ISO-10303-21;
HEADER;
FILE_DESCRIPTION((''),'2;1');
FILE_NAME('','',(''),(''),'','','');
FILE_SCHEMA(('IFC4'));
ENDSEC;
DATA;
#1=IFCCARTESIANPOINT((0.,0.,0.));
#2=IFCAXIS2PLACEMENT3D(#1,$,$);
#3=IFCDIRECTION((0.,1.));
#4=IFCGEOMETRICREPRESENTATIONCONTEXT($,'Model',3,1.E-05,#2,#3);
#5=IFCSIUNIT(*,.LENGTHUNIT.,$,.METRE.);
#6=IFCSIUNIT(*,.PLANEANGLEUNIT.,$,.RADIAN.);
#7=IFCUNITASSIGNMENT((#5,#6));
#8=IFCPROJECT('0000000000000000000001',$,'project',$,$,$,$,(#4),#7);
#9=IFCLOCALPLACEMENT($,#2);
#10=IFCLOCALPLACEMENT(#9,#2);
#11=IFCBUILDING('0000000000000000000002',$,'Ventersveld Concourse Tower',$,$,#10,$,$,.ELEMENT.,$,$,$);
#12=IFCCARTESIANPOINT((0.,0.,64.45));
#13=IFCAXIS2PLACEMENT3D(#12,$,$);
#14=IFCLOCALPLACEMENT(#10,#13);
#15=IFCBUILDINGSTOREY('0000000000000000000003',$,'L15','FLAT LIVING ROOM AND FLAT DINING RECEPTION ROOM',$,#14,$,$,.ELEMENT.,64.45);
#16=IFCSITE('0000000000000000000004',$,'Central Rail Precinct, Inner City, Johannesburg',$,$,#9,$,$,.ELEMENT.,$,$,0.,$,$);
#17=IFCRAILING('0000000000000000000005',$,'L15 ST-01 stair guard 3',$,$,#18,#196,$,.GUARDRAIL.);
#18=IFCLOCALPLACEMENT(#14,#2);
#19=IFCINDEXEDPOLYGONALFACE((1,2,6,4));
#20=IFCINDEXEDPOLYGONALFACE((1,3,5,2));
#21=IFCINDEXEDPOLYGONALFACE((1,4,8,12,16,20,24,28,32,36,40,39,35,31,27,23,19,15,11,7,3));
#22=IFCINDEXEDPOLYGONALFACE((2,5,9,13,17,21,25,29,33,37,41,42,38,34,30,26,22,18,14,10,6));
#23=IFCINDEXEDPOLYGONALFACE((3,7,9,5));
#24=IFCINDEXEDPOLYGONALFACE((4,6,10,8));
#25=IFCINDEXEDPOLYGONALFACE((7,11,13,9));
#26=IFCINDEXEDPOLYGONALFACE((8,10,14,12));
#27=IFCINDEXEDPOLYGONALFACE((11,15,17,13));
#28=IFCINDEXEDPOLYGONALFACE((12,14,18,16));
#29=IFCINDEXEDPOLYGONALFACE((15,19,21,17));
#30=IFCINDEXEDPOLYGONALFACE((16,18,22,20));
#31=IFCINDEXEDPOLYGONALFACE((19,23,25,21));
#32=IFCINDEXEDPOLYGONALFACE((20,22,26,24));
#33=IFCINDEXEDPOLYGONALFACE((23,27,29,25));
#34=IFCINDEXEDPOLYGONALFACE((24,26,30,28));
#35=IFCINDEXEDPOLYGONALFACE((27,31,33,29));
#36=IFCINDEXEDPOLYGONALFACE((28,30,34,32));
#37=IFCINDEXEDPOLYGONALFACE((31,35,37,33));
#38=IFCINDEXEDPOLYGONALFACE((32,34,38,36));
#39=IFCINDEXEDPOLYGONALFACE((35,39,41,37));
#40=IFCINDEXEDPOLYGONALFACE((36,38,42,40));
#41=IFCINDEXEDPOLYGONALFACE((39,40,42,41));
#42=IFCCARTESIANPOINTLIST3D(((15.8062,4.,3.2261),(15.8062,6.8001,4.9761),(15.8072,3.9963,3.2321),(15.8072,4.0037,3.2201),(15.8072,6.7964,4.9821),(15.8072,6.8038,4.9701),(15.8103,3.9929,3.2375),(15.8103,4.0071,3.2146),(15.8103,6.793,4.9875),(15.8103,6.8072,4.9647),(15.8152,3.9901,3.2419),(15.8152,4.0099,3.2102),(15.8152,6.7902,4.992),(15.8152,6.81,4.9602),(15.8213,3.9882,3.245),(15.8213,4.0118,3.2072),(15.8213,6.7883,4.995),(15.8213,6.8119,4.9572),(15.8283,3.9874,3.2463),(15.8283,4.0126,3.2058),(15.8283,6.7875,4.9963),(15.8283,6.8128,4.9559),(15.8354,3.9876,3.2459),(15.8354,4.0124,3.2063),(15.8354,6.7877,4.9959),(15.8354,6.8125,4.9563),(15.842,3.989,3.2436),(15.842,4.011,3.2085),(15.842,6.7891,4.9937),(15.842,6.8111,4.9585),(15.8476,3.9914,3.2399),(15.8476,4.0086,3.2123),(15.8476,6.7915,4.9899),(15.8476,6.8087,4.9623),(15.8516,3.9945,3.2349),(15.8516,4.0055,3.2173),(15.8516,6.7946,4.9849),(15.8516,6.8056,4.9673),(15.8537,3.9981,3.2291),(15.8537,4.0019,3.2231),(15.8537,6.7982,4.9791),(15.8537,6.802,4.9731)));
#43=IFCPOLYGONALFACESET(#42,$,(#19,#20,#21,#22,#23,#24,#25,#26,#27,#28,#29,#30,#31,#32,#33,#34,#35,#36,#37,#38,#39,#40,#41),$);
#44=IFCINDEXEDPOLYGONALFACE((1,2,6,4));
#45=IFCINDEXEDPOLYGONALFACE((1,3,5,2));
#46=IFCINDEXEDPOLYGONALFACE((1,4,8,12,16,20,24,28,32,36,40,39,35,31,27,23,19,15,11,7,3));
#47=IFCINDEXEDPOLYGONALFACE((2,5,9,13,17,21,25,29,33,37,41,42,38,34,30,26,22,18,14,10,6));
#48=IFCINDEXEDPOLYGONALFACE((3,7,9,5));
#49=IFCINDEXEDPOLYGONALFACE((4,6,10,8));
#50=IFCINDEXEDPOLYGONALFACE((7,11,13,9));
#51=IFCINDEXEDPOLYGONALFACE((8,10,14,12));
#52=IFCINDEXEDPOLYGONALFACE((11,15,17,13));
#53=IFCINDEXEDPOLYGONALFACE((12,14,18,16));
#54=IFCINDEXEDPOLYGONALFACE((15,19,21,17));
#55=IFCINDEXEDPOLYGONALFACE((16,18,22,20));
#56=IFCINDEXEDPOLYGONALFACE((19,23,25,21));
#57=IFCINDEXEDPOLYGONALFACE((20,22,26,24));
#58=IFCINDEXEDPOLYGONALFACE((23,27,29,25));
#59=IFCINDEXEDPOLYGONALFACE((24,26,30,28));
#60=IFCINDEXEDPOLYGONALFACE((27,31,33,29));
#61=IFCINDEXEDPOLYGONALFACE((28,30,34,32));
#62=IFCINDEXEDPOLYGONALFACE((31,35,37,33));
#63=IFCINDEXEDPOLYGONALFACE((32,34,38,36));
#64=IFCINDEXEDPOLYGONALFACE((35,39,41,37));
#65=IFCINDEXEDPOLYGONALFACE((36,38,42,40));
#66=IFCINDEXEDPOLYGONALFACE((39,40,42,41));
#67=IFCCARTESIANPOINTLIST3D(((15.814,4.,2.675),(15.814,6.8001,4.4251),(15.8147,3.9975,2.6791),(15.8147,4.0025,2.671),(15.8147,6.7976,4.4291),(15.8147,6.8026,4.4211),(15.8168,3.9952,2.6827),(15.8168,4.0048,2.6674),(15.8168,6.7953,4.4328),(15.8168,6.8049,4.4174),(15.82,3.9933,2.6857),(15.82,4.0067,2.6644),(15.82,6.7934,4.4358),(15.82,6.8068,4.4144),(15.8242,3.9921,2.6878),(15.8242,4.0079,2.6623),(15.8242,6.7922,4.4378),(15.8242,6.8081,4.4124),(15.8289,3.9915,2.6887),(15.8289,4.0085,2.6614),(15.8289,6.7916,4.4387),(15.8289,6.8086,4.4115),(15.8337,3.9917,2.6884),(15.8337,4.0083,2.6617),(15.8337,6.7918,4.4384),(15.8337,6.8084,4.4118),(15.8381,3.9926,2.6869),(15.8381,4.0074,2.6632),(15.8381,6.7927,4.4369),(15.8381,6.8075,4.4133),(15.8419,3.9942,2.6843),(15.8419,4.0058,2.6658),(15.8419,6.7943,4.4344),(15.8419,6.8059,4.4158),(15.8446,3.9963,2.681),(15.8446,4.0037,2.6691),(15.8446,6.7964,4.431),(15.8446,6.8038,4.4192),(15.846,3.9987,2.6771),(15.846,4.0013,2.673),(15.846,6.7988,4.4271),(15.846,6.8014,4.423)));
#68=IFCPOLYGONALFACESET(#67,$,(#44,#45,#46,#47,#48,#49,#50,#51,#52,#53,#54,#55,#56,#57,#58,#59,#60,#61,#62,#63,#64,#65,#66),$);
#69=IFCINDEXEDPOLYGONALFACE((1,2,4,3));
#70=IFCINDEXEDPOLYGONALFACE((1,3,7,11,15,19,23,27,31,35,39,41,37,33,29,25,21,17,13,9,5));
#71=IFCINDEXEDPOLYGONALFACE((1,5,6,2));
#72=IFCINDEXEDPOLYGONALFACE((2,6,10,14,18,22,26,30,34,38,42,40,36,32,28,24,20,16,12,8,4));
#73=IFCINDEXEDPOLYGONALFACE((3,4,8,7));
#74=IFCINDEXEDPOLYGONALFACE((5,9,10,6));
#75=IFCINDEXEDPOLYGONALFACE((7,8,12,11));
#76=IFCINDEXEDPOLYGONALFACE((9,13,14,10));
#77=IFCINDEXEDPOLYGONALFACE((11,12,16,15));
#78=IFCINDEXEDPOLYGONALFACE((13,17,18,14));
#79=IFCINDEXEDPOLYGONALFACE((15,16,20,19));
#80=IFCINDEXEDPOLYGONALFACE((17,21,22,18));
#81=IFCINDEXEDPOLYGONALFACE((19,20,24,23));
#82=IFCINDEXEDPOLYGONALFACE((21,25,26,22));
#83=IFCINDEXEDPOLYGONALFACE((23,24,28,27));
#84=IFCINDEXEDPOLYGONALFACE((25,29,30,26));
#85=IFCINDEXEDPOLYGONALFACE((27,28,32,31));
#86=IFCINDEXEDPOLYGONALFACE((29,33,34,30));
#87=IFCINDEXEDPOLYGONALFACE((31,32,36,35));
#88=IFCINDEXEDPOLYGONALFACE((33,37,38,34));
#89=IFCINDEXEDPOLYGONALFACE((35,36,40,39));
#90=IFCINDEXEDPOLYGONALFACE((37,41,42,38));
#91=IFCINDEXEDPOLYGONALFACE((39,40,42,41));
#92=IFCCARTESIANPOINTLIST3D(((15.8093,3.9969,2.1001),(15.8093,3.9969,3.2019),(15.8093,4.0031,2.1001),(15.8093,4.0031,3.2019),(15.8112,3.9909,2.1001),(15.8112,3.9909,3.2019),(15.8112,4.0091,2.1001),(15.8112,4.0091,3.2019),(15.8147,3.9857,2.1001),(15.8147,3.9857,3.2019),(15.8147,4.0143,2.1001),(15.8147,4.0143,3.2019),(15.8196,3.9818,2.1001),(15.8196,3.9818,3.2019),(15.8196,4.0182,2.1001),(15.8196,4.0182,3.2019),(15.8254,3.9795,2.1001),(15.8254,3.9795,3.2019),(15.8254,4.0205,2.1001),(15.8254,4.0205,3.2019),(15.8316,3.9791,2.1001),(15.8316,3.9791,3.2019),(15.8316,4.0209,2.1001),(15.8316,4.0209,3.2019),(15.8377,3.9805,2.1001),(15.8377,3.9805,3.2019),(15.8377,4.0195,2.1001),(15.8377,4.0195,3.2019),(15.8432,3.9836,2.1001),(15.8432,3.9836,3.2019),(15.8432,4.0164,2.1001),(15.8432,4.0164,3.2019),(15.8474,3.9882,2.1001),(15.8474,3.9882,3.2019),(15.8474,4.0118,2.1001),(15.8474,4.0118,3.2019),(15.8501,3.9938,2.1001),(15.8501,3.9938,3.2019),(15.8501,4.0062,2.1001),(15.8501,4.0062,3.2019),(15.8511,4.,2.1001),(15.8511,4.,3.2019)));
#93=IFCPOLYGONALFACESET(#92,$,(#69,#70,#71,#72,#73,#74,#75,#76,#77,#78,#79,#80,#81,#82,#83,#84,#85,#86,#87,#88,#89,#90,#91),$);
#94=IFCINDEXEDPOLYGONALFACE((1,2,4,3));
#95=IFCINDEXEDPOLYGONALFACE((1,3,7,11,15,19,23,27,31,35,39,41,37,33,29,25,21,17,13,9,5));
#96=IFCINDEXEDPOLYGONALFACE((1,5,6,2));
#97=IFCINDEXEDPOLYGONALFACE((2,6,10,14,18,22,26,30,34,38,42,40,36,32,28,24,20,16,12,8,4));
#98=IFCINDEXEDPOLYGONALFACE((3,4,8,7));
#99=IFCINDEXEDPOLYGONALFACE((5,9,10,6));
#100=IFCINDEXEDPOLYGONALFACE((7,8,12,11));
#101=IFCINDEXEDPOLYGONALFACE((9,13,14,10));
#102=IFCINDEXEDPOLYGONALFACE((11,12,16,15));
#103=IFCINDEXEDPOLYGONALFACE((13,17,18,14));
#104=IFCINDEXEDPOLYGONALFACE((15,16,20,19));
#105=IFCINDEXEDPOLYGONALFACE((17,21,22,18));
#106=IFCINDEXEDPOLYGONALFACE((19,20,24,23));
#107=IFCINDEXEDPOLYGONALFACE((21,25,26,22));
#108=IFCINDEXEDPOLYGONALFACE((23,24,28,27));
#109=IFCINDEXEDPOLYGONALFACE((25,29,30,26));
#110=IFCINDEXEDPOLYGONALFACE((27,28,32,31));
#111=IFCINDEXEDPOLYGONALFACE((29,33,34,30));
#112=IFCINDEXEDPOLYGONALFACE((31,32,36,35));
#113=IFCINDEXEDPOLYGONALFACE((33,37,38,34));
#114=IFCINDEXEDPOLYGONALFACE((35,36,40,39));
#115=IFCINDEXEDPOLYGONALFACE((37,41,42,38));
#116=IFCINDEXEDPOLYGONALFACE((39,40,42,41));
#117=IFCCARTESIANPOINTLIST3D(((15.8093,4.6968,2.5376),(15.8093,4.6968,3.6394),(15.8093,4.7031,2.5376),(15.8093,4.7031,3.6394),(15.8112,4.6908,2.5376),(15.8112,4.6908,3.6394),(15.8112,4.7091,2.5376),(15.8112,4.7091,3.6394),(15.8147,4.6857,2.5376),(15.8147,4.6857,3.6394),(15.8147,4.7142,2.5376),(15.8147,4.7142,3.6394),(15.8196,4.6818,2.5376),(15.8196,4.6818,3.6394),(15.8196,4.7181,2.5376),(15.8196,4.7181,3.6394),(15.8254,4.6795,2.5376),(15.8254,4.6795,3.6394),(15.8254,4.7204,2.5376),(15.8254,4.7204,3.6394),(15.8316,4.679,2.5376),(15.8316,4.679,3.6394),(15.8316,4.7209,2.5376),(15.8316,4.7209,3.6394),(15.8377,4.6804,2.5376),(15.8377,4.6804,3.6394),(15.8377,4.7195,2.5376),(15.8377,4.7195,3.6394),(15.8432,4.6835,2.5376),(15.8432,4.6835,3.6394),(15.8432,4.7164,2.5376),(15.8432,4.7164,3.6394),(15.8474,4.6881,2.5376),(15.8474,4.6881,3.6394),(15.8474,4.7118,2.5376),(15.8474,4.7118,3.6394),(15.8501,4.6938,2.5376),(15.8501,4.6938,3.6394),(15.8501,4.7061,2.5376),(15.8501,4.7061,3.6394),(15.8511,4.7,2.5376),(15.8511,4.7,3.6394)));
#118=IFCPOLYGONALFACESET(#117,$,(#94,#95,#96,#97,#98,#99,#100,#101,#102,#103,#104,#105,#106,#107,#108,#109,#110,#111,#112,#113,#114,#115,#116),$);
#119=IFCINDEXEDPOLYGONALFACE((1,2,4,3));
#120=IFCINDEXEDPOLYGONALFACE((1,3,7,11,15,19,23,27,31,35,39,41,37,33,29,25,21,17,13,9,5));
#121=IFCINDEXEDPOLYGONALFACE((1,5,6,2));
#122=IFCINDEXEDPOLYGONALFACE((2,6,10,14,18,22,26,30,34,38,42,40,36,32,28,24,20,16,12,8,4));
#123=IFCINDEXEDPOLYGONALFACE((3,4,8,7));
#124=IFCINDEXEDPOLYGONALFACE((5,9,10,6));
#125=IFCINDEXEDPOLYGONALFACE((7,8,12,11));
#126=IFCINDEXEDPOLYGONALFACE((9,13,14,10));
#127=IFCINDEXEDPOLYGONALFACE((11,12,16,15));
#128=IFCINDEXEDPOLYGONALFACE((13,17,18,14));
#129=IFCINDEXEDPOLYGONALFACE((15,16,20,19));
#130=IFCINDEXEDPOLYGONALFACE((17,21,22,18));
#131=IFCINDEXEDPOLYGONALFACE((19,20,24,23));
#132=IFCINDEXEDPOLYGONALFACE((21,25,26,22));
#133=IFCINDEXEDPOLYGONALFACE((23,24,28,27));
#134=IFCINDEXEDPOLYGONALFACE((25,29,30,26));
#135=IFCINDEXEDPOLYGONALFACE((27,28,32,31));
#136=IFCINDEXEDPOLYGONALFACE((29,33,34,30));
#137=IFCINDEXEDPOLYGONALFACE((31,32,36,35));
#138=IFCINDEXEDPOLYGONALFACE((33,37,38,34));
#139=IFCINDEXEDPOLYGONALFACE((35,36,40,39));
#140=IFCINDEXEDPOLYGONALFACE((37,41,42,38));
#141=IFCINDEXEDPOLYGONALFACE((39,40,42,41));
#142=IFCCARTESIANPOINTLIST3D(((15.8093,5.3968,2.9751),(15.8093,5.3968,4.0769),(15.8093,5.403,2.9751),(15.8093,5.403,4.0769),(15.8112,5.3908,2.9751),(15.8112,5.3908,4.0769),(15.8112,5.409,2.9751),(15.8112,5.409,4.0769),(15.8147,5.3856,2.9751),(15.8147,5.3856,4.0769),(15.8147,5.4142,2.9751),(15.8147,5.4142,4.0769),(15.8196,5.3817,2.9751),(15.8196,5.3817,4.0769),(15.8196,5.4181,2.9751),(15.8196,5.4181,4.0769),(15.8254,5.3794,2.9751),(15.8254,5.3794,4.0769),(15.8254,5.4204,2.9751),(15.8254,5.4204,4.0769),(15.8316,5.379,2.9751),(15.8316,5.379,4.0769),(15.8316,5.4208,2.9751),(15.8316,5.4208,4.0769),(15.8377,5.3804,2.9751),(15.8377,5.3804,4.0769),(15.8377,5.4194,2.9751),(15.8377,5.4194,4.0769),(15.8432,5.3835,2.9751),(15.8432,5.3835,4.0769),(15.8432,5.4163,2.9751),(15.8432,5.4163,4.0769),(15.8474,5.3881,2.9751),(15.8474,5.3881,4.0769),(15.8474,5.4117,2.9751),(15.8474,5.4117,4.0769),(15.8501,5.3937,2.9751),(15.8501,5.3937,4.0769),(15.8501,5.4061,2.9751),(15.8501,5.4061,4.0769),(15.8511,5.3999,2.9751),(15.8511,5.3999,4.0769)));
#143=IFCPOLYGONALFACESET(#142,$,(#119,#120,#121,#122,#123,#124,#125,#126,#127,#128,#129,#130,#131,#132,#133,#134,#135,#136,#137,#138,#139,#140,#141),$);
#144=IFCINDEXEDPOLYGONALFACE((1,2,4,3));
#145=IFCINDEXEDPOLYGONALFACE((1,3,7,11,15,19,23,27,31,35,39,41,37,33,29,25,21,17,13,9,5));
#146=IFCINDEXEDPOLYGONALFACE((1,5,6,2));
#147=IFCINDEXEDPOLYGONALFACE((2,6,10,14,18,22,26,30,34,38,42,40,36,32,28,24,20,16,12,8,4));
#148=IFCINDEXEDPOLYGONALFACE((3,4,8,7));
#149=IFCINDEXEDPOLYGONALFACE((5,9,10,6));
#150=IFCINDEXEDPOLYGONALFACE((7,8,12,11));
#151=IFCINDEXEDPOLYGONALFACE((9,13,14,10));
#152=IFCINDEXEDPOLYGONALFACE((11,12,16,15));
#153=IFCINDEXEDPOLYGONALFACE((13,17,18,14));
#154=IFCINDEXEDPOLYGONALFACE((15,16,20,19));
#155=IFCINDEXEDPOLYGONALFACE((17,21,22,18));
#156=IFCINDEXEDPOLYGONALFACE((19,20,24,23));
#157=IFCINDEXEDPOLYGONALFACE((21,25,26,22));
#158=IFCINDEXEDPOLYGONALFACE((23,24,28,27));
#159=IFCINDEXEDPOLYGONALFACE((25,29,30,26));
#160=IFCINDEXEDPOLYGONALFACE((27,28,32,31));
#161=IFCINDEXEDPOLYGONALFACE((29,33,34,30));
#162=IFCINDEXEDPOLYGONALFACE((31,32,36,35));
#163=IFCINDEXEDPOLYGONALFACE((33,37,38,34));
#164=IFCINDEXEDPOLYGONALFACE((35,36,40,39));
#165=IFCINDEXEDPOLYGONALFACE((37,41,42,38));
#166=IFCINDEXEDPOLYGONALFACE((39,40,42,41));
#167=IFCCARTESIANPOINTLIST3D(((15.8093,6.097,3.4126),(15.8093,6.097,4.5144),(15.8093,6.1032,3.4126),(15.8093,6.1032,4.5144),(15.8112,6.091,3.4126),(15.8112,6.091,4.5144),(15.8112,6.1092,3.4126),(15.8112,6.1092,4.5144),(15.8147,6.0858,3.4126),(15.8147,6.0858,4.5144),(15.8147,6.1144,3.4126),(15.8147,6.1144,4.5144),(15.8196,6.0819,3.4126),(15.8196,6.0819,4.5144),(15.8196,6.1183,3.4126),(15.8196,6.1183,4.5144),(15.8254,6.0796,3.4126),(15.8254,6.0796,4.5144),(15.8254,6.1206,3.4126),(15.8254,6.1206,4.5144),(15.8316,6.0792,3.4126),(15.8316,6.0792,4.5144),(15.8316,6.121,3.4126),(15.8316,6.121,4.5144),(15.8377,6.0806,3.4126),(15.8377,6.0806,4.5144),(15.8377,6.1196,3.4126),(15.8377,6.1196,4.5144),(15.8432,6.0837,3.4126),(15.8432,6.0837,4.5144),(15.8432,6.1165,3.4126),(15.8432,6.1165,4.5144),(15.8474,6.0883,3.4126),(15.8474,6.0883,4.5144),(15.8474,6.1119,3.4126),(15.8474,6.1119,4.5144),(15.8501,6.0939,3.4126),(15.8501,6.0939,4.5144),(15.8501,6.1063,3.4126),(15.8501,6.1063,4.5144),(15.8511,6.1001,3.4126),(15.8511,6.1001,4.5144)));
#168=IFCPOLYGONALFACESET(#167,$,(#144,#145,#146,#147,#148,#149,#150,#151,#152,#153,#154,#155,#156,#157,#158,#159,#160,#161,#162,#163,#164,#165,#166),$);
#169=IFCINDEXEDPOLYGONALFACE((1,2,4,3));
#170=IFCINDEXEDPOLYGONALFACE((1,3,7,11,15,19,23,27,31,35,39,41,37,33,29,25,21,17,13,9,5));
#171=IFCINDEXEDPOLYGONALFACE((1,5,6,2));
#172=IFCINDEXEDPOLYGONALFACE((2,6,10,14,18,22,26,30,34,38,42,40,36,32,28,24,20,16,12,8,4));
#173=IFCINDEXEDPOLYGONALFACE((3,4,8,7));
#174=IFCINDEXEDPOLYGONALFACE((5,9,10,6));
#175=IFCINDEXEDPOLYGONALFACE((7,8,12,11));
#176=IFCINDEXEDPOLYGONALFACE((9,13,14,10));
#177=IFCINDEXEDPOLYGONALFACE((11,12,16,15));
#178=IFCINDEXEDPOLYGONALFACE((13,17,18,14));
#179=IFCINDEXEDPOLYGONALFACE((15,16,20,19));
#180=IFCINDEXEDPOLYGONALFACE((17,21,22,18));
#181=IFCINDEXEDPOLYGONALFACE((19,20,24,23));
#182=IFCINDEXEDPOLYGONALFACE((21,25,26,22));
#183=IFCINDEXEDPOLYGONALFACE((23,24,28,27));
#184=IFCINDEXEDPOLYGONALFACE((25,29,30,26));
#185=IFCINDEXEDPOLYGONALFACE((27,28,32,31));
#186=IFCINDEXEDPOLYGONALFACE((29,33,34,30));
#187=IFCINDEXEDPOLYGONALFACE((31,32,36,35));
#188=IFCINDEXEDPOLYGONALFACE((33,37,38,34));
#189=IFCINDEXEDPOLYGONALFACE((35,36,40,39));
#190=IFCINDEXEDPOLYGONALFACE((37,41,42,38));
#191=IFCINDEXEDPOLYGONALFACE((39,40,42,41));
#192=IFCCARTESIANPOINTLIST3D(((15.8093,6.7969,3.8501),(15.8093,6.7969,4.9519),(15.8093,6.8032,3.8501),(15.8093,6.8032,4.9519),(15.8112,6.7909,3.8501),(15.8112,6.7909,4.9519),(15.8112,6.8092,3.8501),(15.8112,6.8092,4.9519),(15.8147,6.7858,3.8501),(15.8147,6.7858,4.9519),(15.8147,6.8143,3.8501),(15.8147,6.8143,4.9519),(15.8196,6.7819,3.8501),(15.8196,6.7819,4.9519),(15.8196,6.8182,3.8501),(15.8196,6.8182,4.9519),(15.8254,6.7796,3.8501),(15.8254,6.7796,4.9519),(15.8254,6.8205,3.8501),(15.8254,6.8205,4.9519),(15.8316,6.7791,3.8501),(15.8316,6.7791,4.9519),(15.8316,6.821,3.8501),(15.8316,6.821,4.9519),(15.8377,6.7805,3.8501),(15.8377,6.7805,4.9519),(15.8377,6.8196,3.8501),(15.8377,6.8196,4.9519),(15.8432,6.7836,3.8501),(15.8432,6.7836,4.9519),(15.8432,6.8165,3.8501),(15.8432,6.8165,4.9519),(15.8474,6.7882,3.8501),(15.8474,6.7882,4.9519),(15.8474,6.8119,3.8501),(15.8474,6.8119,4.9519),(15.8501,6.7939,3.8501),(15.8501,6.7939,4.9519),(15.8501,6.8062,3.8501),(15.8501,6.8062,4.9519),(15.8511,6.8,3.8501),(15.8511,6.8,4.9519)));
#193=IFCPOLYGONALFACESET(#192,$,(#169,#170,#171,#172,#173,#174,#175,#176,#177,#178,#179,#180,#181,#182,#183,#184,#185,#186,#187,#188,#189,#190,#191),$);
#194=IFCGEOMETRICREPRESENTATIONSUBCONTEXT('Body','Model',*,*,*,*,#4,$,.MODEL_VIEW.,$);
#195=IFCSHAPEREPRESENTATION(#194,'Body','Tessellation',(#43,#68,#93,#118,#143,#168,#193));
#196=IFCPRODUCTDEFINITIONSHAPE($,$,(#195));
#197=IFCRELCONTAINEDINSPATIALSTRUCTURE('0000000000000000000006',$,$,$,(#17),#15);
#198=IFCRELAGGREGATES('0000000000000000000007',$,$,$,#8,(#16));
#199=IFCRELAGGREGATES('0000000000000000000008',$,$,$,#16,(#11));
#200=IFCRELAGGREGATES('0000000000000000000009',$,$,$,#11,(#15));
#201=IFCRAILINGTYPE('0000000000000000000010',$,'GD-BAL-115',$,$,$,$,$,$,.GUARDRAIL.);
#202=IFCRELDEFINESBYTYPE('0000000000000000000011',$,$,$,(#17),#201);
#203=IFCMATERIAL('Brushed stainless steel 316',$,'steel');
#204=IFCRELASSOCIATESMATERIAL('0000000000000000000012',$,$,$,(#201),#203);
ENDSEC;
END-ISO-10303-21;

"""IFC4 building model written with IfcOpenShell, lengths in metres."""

from ifc_helpers import new_model, si_unit, direction, frame, origin, origin_2d, place, context, subcontext, project, spatial, circle, extrude, material, type_object, element, save


model = new_model("IFC4")

# Units and contexts
model_context = context("Model", 3, precision=1e-05, world=origin(), true_north=direction((0.0, 1.0)))
body_context = subcontext(model_context, "Body", "Model", "MODEL_VIEW")
ifc_project = project(units=[si_unit("LENGTHUNIT", "METRE"), si_unit("PLANEANGLEUNIT", "RADIAN")], contexts=[model_context])

# Site, building, storey
site_placement = place(None, origin())
site = spatial("IfcSite", under=ifc_project, at=site_placement, Name="Central Rail Precinct, Inner City, Johannesburg", CompositionType="ELEMENT", RefElevation=0.0)
building_placement = place(site_placement, origin())
building = spatial("IfcBuilding", under=site, at=building_placement, Name="Ventersveld Concourse Tower", CompositionType="ELEMENT")
storey_placement = place(building_placement, frame((0.0, 0.0, 64.45)))
storey = spatial("IfcBuildingStorey", under=building, at=storey_placement, Name="L15", Description="FLAT LIVING ROOM AND FLAT DINING RECEPTION ROOM", CompositionType="ELEMENT", Elevation=64.45)

# Shared definitions
ifc_material_1 = material(Name="Brushed stainless steel 316", Category="steel")

# Railing
railing_type_1 = type_object("IfcRailingType", Name="GD-BAL-115", PredefinedType="GUARDRAIL", material=ifc_material_1)
railing_1_placement = place(storey_placement, frame((15.8301, 4.0, 2.1001)))
element("IfcRailing", 1, at=railing_1_placement, inside=storey, type_object=railing_type_1, Name="L15 ST-01 stair guard 3", PredefinedType="GUARDRAIL", context=body_context, shape_type="SweptSolid", body=[
    extrude(circle(Radius=0.0239, at=origin_2d()), frame((0.0, 0.0, 1.126), z_axis=(0.0, 0.848002, 0.529992), x_axis=(-1.0, 0.0, 0.0)), (0.0, 0.0, 1.0), 3.302),
    extrude(circle(Radius=0.0161, at=origin_2d()), frame((0.0, 0.0, 0.575), z_axis=(0.0, 0.848002, 0.529992), x_axis=(-1.0, 0.0, 0.0)), (0.0, 0.0, 1.0), 3.302),
    extrude(circle(Radius=0.021, at=origin_2d()), origin(), (0.0, 0.0, 1.0), 1.1018),
    extrude(circle(Radius=0.021, at=origin_2d()), frame((0.0, 0.7, 0.4375)), (0.0, 0.0, 1.0), 1.1018),
    extrude(circle(Radius=0.021, at=origin_2d()), frame((0.0, 1.3999, 0.875)), (0.0, 0.0, 1.0), 1.1018),
    extrude(circle(Radius=0.021, at=origin_2d()), frame((0.0, 2.1001, 1.3125)), (0.0, 0.0, 1.0), 1.1018),
    extrude(circle(Radius=0.021, at=origin_2d()), frame((0.0, 2.8, 1.75)), (0.0, 0.0, 1.0), 1.1018),
])

save(model, "model.ifc")
